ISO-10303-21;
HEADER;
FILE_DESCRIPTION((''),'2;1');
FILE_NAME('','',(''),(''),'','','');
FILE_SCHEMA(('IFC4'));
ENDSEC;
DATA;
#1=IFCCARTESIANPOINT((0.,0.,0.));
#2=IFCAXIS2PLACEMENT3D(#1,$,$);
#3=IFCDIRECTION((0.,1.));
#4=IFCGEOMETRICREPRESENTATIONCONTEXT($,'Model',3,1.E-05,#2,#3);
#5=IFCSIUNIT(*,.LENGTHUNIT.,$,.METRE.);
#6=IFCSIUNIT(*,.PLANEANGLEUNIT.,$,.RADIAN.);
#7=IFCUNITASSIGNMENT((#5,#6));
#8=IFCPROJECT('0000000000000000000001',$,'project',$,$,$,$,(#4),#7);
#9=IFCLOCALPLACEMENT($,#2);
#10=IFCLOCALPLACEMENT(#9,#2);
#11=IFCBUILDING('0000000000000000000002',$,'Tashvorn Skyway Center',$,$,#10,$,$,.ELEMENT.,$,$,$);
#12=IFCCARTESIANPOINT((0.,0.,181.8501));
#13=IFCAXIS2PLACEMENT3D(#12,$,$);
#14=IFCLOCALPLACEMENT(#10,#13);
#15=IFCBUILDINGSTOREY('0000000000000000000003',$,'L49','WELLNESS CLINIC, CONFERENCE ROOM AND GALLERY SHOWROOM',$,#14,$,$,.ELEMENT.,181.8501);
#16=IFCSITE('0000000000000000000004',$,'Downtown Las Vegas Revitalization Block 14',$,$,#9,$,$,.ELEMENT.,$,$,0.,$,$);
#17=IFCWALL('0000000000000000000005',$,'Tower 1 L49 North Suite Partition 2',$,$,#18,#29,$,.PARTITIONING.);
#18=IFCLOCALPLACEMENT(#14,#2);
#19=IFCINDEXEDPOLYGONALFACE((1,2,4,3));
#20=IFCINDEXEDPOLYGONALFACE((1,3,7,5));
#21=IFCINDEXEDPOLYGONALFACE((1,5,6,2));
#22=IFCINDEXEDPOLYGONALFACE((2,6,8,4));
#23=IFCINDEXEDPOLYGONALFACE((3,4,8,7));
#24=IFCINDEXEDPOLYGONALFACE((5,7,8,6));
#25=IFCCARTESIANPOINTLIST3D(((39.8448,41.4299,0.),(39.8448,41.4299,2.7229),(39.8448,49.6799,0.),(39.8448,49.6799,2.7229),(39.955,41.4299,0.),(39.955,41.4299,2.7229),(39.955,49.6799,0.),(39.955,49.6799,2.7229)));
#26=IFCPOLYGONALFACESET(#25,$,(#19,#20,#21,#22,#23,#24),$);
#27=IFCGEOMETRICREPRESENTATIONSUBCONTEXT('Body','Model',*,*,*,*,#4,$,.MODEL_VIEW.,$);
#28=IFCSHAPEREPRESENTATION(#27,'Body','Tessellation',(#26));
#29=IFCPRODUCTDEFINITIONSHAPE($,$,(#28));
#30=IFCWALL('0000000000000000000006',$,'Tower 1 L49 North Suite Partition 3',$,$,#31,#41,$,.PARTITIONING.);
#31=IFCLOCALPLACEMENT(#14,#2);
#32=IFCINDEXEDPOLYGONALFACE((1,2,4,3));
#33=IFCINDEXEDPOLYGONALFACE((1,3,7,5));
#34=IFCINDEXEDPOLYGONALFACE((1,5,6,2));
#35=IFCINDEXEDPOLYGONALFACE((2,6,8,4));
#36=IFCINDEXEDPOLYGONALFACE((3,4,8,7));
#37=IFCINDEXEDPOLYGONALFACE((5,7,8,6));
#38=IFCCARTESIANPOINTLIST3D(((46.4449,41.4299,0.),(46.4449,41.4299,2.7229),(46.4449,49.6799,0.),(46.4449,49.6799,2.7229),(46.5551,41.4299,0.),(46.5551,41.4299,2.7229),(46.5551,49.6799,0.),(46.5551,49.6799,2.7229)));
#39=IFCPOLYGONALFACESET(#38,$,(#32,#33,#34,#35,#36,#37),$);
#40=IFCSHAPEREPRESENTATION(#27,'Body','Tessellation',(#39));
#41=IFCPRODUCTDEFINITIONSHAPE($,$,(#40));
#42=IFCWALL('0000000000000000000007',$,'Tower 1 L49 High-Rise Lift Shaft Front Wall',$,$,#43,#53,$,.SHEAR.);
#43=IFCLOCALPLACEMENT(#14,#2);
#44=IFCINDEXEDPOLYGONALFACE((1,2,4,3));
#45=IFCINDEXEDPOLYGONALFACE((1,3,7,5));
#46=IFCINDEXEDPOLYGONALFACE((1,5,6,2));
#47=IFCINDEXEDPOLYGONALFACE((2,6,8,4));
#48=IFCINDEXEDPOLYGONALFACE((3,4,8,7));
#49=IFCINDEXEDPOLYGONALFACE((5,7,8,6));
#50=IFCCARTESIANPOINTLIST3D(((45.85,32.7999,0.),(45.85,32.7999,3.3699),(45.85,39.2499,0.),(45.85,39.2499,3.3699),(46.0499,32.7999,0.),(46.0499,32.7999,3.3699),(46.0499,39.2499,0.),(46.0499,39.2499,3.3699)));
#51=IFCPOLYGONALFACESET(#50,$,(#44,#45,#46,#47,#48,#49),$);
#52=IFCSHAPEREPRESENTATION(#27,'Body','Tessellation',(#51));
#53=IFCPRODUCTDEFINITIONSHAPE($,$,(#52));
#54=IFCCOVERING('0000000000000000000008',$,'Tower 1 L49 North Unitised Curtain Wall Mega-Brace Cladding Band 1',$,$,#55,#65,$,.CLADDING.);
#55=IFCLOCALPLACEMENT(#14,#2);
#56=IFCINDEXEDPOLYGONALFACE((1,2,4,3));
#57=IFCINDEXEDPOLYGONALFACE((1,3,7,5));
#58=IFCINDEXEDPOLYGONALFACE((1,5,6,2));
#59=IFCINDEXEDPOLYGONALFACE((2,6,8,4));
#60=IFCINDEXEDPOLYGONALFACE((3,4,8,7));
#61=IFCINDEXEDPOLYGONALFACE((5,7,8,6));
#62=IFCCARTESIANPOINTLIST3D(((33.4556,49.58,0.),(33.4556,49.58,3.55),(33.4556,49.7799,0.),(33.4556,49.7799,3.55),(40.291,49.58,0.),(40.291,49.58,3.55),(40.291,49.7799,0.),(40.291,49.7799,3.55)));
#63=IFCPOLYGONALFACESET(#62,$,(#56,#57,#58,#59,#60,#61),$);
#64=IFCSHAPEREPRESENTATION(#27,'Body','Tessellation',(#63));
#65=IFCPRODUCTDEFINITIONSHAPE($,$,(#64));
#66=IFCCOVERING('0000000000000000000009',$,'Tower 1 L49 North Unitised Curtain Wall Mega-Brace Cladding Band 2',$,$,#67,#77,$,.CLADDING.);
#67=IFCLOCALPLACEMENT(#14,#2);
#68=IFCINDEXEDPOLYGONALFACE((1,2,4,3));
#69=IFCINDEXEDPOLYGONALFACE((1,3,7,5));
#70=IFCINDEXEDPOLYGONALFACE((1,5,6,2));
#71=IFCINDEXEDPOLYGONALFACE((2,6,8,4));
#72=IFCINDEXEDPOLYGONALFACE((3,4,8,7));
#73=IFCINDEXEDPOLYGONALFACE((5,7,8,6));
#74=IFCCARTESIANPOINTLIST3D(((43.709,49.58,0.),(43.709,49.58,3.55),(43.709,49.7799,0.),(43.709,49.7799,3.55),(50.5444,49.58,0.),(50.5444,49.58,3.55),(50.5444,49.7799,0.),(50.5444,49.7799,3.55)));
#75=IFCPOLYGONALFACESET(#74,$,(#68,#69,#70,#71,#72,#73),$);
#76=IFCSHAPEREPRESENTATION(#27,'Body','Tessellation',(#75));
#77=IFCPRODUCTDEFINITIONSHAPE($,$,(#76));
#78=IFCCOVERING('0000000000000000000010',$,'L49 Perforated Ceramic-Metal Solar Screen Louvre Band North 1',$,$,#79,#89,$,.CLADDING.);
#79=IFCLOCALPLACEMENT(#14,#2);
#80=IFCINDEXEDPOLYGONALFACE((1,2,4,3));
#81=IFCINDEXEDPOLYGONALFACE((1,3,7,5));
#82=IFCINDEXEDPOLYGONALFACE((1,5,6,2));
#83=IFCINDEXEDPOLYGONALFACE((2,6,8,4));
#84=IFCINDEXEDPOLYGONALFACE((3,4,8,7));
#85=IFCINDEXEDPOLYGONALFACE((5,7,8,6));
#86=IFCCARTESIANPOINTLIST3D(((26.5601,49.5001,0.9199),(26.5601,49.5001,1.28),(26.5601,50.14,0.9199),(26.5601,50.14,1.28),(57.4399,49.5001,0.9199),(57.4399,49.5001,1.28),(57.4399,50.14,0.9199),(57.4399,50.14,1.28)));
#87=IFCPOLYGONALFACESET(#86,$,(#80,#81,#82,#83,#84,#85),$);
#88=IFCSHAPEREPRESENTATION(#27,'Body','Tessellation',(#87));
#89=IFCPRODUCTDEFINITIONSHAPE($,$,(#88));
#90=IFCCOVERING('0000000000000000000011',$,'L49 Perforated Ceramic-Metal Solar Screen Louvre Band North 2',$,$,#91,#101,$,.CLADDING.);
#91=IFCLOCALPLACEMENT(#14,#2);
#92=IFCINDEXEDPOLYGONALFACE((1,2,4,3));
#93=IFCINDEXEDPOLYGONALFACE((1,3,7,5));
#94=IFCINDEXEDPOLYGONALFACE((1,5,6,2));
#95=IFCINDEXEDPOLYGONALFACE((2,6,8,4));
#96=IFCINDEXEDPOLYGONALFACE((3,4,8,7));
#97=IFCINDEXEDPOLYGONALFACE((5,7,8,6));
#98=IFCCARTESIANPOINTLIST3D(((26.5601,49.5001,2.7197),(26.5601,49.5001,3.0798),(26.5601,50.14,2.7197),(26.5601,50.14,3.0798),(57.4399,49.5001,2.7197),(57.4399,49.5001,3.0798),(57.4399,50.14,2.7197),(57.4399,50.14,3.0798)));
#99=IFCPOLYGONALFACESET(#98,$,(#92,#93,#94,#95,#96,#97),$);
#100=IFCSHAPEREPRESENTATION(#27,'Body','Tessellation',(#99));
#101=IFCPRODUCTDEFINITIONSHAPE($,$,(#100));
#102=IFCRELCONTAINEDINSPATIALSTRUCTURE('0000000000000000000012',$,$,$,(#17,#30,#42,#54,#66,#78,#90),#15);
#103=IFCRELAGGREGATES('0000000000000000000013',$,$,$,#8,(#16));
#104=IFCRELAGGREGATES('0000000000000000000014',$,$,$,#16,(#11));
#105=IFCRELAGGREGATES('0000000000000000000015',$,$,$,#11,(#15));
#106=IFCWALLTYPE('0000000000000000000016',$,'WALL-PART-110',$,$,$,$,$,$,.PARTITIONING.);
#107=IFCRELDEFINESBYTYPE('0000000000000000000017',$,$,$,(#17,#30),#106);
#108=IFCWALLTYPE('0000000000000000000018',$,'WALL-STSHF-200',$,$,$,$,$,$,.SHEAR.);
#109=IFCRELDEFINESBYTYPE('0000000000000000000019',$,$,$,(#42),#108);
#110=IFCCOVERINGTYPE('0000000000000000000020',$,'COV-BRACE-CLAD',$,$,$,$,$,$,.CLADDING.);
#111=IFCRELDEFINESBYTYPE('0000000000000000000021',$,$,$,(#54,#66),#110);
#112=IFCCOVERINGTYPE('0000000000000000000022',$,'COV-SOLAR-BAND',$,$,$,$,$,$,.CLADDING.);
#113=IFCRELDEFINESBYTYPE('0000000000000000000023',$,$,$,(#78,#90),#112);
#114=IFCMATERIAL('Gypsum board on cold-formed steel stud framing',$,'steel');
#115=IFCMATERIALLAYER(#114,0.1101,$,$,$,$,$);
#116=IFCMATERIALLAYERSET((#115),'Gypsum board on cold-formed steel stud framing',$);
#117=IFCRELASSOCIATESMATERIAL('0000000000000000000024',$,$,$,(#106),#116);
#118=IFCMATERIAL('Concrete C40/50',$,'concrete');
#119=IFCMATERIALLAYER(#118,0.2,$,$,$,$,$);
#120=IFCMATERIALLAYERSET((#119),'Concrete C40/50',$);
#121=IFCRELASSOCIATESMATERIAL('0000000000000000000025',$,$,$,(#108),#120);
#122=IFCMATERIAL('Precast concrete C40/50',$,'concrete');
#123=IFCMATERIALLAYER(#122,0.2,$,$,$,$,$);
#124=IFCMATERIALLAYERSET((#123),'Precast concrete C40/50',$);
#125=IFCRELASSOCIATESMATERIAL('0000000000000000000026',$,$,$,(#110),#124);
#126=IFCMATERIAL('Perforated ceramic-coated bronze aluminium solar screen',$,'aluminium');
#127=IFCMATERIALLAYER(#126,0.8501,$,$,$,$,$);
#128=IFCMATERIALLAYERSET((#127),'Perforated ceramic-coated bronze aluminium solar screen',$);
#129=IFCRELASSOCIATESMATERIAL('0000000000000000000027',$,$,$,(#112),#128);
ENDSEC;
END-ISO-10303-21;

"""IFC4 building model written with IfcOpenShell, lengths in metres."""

from ifc_helpers import new_model, si_unit, direction, frame, frame_2d, origin, origin_2d, place, context, subcontext, project, spatial, rectangle, extrude, material, layer, layer_set, type_object, element, save


model = new_model("IFC4")

# Units and contexts
model_context = context("Model", 3, precision=1e-05, world=origin(), true_north=direction((0.0, 1.0)))
body_context = subcontext(model_context, "Body", "Model", "MODEL_VIEW")
ifc_project = project(units=[si_unit("LENGTHUNIT", "METRE"), si_unit("PLANEANGLEUNIT", "RADIAN")], contexts=[model_context])

# Site, building, storey
site_placement = place(None, origin())
site = spatial("IfcSite", under=ifc_project, at=site_placement, Name="Downtown Las Vegas Revitalization Block 14", CompositionType="ELEMENT", RefElevation=0.0)
building_placement = place(site_placement, origin())
building = spatial("IfcBuilding", under=site, at=building_placement, Name="Tashvorn Skyway Center", CompositionType="ELEMENT")
storey_placement = place(building_placement, frame((0.0, 0.0, 181.8501)))
storey = spatial("IfcBuildingStorey", under=building, at=storey_placement, Name="L49", Description="WELLNESS CLINIC, CONFERENCE ROOM AND GALLERY SHOWROOM", CompositionType="ELEMENT", Elevation=181.8501)

# Walls
ifc_material_1 = material(Name="Gypsum board on cold-formed steel stud framing", Category="steel")
ifc_layer_1 = layer(ifc_material_1, 0.1101)
ifc_layer_set_1 = layer_set([ifc_layer_1], Name="Gypsum board on cold-formed steel stud framing")
wall_type_1 = type_object("IfcWallType", Name="WALL-PART-110", PredefinedType="PARTITIONING", material=ifc_layer_set_1)
for number, where, z_axis, x_axis, name in (
    (1, (39.8999, 41.4299, 0.0), (0.0, 0.0, 1.0), (0.0, 1.0, 0.0), "Tower 1 L49 North Suite Partition 2"),
    (2, (46.5, 41.4299, 0.0), (0.0, 0.0, 1.0), (0.0, 1.0, 0.0), "Tower 1 L49 North Suite Partition 3"),
):
    element("IfcWall", number, at=place(storey_placement, frame(where, z_axis=z_axis, x_axis=x_axis)), inside=storey, type_object=wall_type_1, Name=name, PredefinedType="PARTITIONING", context=body_context, shape_type="SweptSolid", body=[
        extrude(rectangle(XDim=8.25, YDim=0.1101, at=frame_2d((4.125, 0.0))), origin(), (0.0, 0.0, 1.0), 2.7229),
    ])
ifc_material_2 = material(Name="Concrete C40/50", Category="concrete")
ifc_layer_2 = layer(ifc_material_2, 0.2)
ifc_layer_set_2 = layer_set([ifc_layer_2], Name="Concrete C40/50")
wall_type_2 = type_object("IfcWallType", Name="WALL-STSHF-200", PredefinedType="SHEAR", material=ifc_layer_set_2)
wall_placement = place(storey_placement, frame((45.95, 39.25, 0.0), z_axis=(0.0, 0.0, 1.0), x_axis=(0.0, -1.0, 0.0)))
element("IfcWall", 3, at=wall_placement, inside=storey, type_object=wall_type_2, Name="Tower 1 L49 High-Rise Lift Shaft Front Wall", PredefinedType="SHEAR", context=body_context, shape_type="SweptSolid", body=[
    extrude(rectangle(XDim=6.45, YDim=0.2, at=frame_2d((3.2251, 0.0))), origin(), (0.0, 0.0, 1.0), 3.3699),
])

# Coverings
ifc_material_3 = material(Name="Precast concrete C40/50", Category="concrete")
ifc_layer_3 = layer(ifc_material_3, 0.2)
ifc_layer_set_3 = layer_set([ifc_layer_3], Name="Precast concrete C40/50")
covering_type_1 = type_object("IfcCoveringType", Name="COV-BRACE-CLAD", PredefinedType="CLADDING", material=ifc_layer_set_3)
for number, where, z_axis, x_axis, name in (
    (4, (36.8733, 49.6799, 0.0), (0.0, 0.0, 1.0), (1.0, 0.0, 0.0), "Tower 1 L49 North Unitised Curtain Wall Mega-Brace Cladding Band 1"),
    (5, (47.1267, 49.6799, 0.0), (0.0, 0.0, 1.0), (1.0, 0.0, 0.0), "Tower 1 L49 North Unitised Curtain Wall Mega-Brace Cladding Band 2"),
):
    element("IfcCovering", number, at=place(storey_placement, frame(where, z_axis=z_axis, x_axis=x_axis)), inside=storey, type_object=covering_type_1, Name=name, PredefinedType="CLADDING", context=body_context, shape_type="SweptSolid", body=[
        extrude(rectangle(XDim=6.8354, YDim=0.2, at=origin_2d()), origin(), (0.0, 0.0, 1.0), 3.55),
    ])
ifc_material_4 = material(Name="Perforated ceramic-coated bronze aluminium solar screen", Category="aluminium")
ifc_layer_4 = layer(ifc_material_4, 0.8501)
ifc_layer_set_4 = layer_set([ifc_layer_4], Name="Perforated ceramic-coated bronze aluminium solar screen")
covering_type_2 = type_object("IfcCoveringType", Name="COV-SOLAR-BAND", PredefinedType="CLADDING", material=ifc_layer_set_4)
for number, where, z_axis, x_axis, name in (
    (6, (42.0, 49.8201, 0.9199), (0.0, 0.0, 1.0), (1.0, 0.0, 0.0), "L49 Perforated Ceramic-Metal Solar Screen Louvre Band North 1"),
    (7, (42.0, 49.8201, 2.7197), (0.0, 0.0, 1.0), (1.0, 0.0, 0.0), "L49 Perforated Ceramic-Metal Solar Screen Louvre Band North 2"),
):
    element("IfcCovering", number, at=place(storey_placement, frame(where, z_axis=z_axis, x_axis=x_axis)), inside=storey, type_object=covering_type_2, Name=name, PredefinedType="CLADDING", context=body_context, shape_type="SweptSolid", body=[
        extrude(rectangle(XDim=30.8799, YDim=0.6399, at=origin_2d()), origin(), (0.0, 0.0, 1.0), 0.3601),
    ])

save(model, "model.ifc")
